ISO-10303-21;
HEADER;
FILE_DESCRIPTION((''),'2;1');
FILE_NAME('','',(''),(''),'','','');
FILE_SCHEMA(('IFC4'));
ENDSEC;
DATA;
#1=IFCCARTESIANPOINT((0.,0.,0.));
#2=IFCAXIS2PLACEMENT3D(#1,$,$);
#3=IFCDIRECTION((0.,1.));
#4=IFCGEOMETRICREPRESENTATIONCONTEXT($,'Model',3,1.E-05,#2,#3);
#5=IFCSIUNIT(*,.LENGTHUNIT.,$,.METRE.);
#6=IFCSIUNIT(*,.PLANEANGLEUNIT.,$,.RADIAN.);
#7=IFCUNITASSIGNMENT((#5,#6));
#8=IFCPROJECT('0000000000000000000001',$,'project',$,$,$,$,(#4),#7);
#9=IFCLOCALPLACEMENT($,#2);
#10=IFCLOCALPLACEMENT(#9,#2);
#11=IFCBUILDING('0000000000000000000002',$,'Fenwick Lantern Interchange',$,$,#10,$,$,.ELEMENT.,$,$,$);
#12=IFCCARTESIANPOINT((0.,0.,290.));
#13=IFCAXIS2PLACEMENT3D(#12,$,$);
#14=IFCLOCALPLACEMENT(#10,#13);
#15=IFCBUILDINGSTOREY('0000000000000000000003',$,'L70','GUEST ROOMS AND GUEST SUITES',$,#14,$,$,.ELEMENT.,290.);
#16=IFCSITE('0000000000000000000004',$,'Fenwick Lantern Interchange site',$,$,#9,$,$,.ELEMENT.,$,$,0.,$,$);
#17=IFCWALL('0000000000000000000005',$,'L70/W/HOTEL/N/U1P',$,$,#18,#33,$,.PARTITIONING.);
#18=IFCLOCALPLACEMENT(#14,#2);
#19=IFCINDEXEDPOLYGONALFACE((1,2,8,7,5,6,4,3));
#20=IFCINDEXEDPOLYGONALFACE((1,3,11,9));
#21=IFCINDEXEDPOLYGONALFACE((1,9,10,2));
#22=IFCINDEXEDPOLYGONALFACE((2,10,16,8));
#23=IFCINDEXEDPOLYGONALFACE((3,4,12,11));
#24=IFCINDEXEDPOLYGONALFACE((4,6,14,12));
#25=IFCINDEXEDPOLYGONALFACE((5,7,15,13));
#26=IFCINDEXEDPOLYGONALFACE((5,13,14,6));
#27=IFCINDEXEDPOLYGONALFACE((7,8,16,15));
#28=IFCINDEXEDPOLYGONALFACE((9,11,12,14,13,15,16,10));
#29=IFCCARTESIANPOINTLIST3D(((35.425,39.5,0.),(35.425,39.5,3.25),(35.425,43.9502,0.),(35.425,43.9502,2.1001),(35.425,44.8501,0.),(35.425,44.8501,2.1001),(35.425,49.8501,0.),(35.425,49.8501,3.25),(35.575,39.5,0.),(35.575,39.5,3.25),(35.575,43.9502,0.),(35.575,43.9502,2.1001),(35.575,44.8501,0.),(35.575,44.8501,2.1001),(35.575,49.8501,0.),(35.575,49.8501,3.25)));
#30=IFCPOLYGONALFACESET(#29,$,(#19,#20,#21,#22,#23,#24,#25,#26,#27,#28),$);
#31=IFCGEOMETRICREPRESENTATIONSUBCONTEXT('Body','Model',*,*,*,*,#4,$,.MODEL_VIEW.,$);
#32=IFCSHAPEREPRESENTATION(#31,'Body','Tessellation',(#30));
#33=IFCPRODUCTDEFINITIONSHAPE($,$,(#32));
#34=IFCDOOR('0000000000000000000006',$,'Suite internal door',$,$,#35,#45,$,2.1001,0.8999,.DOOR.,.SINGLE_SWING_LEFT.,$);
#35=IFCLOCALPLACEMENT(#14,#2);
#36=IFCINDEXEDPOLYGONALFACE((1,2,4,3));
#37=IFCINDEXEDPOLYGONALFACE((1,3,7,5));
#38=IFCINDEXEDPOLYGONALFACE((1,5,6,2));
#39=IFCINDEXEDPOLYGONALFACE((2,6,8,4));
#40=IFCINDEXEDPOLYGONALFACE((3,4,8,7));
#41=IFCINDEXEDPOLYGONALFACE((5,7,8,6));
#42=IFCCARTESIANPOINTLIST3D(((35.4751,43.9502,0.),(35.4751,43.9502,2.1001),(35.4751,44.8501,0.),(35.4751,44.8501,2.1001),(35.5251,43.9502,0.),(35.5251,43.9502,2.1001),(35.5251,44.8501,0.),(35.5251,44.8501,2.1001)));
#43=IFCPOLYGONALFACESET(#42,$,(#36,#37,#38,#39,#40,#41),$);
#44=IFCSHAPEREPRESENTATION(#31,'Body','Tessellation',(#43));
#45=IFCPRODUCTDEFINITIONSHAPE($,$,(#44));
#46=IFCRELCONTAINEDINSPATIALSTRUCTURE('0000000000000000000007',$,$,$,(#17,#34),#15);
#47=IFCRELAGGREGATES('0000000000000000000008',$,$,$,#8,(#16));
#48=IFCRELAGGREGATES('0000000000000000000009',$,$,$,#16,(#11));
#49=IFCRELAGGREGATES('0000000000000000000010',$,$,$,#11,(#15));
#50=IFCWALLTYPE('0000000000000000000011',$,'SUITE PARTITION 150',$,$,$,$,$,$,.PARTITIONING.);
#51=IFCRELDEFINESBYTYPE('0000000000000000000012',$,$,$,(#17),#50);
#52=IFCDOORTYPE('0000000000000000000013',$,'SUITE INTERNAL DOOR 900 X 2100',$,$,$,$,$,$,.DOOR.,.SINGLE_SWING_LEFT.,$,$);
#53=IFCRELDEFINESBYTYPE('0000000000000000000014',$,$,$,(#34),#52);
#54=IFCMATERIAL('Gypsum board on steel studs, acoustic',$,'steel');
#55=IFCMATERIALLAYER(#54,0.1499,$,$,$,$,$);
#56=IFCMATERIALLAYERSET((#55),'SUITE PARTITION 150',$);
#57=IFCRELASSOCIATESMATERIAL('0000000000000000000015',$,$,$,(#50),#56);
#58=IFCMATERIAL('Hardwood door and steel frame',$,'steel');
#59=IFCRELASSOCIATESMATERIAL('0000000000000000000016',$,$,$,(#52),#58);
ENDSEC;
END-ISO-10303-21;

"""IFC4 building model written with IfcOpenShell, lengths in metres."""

from ifc_helpers import new_model, si_unit, direction, frame, frame_2d, origin, place, context, subcontext, project, spatial, rectangle, extrude, material, layer, layer_set, type_object, element, fill, save


model = new_model("IFC4")

# Units and contexts
model_context = context("Model", 3, precision=1e-05, world=origin(), true_north=direction((0.0, 1.0)))
body_context = subcontext(model_context, "Body", "Model", "MODEL_VIEW")
ifc_project = project(units=[si_unit("LENGTHUNIT", "METRE"), si_unit("PLANEANGLEUNIT", "RADIAN")], contexts=[model_context])

# Site, building, storey
site_placement = place(None, origin())
site = spatial("IfcSite", under=ifc_project, at=site_placement, Name="Fenwick Lantern Interchange site", CompositionType="ELEMENT", RefElevation=0.0)
building_placement = place(site_placement, origin())
building = spatial("IfcBuilding", under=site, at=building_placement, Name="Fenwick Lantern Interchange", CompositionType="ELEMENT")
storey_placement = place(building_placement, frame((0.0, 0.0, 290.0)))
storey = spatial("IfcBuildingStorey", under=building, at=storey_placement, Name="L70", Description="GUEST ROOMS AND GUEST SUITES", CompositionType="ELEMENT", Elevation=290.0)

# Shared definitions
ifc_material_1 = material(Name="Hardwood door and steel frame", Category="steel")

# Wall, opening, door
ifc_material_2 = material(Name="Gypsum board on steel studs, acoustic", Category="steel")
ifc_layer_1 = layer(ifc_material_2, 0.1499)
ifc_layer_set_1 = layer_set([ifc_layer_1], Name="SUITE PARTITION 150")
wall_type_1 = type_object("IfcWallType", Name="SUITE PARTITION 150", PredefinedType="PARTITIONING", material=ifc_layer_set_1)
wall_1_placement = place(storey_placement, frame((35.5, 49.8501, 0.0), z_axis=(0.0, 0.0, 1.0), x_axis=(0.0, -1.0, 0.0)))
wall_1 = element("IfcWall", 1, at=wall_1_placement, inside=storey, type_object=wall_type_1, Name="L70/W/HOTEL/N/U1P", PredefinedType="PARTITIONING", context=body_context, shape_type="SweptSolid", body=[
    extrude(rectangle(XDim=10.3501, YDim=0.1499, at=frame_2d((5.175, 0.0))), origin(), (0.0, 0.0, 1.0), 3.25),
])
opening_1_placement = place(wall_1_placement, frame((5.0, 0.0, 0.0)))
opening_1 = element("IfcOpeningElement", 2, at=opening_1_placement, cuts=wall_1, PredefinedType="OPENING", context=body_context, shape_type="SweptSolid", body=[
    extrude(rectangle(XDim=0.8999, YDim=2.1001, at=frame_2d((0.45, 1.05))), frame((0.0, 0.085, 0.0), z_axis=(0.0, -1.0, 0.0), x_axis=(1.0, 0.0, 0.0)), (0.0, 0.0, 1.0), 0.1699),
])
door_type_1 = type_object("IfcDoorType", Name="SUITE INTERNAL DOOR 900 X 2100", OperationType="SINGLE_SWING_LEFT", PredefinedType="DOOR", material=ifc_material_1)
door_1_placement = place(opening_1_placement, frame((0.8999, 0.0, 0.0), z_axis=(0.0, 0.0, 1.0), x_axis=(-1.0, 0.0, 0.0)))
door_1 = element("IfcDoor", 3, at=door_1_placement, inside=storey, type_object=door_type_1, Name="Suite internal door", OperationType="SINGLE_SWING_LEFT", OverallHeight=2.1001, OverallWidth=0.8999, PredefinedType="DOOR", context=body_context, shape_type="SweptSolid", body=[
    extrude(rectangle(XDim=0.8999, YDim=2.1001, at=frame_2d((0.45, 1.05))), frame((0.0, 0.0249, 0.0), z_axis=(0.0, -1.0, 0.0), x_axis=(1.0, 0.0, 0.0)), (0.0, 0.0, 1.0), 0.05),
])
fill(opening_1, door_1)

save(model, "model.ifc")
